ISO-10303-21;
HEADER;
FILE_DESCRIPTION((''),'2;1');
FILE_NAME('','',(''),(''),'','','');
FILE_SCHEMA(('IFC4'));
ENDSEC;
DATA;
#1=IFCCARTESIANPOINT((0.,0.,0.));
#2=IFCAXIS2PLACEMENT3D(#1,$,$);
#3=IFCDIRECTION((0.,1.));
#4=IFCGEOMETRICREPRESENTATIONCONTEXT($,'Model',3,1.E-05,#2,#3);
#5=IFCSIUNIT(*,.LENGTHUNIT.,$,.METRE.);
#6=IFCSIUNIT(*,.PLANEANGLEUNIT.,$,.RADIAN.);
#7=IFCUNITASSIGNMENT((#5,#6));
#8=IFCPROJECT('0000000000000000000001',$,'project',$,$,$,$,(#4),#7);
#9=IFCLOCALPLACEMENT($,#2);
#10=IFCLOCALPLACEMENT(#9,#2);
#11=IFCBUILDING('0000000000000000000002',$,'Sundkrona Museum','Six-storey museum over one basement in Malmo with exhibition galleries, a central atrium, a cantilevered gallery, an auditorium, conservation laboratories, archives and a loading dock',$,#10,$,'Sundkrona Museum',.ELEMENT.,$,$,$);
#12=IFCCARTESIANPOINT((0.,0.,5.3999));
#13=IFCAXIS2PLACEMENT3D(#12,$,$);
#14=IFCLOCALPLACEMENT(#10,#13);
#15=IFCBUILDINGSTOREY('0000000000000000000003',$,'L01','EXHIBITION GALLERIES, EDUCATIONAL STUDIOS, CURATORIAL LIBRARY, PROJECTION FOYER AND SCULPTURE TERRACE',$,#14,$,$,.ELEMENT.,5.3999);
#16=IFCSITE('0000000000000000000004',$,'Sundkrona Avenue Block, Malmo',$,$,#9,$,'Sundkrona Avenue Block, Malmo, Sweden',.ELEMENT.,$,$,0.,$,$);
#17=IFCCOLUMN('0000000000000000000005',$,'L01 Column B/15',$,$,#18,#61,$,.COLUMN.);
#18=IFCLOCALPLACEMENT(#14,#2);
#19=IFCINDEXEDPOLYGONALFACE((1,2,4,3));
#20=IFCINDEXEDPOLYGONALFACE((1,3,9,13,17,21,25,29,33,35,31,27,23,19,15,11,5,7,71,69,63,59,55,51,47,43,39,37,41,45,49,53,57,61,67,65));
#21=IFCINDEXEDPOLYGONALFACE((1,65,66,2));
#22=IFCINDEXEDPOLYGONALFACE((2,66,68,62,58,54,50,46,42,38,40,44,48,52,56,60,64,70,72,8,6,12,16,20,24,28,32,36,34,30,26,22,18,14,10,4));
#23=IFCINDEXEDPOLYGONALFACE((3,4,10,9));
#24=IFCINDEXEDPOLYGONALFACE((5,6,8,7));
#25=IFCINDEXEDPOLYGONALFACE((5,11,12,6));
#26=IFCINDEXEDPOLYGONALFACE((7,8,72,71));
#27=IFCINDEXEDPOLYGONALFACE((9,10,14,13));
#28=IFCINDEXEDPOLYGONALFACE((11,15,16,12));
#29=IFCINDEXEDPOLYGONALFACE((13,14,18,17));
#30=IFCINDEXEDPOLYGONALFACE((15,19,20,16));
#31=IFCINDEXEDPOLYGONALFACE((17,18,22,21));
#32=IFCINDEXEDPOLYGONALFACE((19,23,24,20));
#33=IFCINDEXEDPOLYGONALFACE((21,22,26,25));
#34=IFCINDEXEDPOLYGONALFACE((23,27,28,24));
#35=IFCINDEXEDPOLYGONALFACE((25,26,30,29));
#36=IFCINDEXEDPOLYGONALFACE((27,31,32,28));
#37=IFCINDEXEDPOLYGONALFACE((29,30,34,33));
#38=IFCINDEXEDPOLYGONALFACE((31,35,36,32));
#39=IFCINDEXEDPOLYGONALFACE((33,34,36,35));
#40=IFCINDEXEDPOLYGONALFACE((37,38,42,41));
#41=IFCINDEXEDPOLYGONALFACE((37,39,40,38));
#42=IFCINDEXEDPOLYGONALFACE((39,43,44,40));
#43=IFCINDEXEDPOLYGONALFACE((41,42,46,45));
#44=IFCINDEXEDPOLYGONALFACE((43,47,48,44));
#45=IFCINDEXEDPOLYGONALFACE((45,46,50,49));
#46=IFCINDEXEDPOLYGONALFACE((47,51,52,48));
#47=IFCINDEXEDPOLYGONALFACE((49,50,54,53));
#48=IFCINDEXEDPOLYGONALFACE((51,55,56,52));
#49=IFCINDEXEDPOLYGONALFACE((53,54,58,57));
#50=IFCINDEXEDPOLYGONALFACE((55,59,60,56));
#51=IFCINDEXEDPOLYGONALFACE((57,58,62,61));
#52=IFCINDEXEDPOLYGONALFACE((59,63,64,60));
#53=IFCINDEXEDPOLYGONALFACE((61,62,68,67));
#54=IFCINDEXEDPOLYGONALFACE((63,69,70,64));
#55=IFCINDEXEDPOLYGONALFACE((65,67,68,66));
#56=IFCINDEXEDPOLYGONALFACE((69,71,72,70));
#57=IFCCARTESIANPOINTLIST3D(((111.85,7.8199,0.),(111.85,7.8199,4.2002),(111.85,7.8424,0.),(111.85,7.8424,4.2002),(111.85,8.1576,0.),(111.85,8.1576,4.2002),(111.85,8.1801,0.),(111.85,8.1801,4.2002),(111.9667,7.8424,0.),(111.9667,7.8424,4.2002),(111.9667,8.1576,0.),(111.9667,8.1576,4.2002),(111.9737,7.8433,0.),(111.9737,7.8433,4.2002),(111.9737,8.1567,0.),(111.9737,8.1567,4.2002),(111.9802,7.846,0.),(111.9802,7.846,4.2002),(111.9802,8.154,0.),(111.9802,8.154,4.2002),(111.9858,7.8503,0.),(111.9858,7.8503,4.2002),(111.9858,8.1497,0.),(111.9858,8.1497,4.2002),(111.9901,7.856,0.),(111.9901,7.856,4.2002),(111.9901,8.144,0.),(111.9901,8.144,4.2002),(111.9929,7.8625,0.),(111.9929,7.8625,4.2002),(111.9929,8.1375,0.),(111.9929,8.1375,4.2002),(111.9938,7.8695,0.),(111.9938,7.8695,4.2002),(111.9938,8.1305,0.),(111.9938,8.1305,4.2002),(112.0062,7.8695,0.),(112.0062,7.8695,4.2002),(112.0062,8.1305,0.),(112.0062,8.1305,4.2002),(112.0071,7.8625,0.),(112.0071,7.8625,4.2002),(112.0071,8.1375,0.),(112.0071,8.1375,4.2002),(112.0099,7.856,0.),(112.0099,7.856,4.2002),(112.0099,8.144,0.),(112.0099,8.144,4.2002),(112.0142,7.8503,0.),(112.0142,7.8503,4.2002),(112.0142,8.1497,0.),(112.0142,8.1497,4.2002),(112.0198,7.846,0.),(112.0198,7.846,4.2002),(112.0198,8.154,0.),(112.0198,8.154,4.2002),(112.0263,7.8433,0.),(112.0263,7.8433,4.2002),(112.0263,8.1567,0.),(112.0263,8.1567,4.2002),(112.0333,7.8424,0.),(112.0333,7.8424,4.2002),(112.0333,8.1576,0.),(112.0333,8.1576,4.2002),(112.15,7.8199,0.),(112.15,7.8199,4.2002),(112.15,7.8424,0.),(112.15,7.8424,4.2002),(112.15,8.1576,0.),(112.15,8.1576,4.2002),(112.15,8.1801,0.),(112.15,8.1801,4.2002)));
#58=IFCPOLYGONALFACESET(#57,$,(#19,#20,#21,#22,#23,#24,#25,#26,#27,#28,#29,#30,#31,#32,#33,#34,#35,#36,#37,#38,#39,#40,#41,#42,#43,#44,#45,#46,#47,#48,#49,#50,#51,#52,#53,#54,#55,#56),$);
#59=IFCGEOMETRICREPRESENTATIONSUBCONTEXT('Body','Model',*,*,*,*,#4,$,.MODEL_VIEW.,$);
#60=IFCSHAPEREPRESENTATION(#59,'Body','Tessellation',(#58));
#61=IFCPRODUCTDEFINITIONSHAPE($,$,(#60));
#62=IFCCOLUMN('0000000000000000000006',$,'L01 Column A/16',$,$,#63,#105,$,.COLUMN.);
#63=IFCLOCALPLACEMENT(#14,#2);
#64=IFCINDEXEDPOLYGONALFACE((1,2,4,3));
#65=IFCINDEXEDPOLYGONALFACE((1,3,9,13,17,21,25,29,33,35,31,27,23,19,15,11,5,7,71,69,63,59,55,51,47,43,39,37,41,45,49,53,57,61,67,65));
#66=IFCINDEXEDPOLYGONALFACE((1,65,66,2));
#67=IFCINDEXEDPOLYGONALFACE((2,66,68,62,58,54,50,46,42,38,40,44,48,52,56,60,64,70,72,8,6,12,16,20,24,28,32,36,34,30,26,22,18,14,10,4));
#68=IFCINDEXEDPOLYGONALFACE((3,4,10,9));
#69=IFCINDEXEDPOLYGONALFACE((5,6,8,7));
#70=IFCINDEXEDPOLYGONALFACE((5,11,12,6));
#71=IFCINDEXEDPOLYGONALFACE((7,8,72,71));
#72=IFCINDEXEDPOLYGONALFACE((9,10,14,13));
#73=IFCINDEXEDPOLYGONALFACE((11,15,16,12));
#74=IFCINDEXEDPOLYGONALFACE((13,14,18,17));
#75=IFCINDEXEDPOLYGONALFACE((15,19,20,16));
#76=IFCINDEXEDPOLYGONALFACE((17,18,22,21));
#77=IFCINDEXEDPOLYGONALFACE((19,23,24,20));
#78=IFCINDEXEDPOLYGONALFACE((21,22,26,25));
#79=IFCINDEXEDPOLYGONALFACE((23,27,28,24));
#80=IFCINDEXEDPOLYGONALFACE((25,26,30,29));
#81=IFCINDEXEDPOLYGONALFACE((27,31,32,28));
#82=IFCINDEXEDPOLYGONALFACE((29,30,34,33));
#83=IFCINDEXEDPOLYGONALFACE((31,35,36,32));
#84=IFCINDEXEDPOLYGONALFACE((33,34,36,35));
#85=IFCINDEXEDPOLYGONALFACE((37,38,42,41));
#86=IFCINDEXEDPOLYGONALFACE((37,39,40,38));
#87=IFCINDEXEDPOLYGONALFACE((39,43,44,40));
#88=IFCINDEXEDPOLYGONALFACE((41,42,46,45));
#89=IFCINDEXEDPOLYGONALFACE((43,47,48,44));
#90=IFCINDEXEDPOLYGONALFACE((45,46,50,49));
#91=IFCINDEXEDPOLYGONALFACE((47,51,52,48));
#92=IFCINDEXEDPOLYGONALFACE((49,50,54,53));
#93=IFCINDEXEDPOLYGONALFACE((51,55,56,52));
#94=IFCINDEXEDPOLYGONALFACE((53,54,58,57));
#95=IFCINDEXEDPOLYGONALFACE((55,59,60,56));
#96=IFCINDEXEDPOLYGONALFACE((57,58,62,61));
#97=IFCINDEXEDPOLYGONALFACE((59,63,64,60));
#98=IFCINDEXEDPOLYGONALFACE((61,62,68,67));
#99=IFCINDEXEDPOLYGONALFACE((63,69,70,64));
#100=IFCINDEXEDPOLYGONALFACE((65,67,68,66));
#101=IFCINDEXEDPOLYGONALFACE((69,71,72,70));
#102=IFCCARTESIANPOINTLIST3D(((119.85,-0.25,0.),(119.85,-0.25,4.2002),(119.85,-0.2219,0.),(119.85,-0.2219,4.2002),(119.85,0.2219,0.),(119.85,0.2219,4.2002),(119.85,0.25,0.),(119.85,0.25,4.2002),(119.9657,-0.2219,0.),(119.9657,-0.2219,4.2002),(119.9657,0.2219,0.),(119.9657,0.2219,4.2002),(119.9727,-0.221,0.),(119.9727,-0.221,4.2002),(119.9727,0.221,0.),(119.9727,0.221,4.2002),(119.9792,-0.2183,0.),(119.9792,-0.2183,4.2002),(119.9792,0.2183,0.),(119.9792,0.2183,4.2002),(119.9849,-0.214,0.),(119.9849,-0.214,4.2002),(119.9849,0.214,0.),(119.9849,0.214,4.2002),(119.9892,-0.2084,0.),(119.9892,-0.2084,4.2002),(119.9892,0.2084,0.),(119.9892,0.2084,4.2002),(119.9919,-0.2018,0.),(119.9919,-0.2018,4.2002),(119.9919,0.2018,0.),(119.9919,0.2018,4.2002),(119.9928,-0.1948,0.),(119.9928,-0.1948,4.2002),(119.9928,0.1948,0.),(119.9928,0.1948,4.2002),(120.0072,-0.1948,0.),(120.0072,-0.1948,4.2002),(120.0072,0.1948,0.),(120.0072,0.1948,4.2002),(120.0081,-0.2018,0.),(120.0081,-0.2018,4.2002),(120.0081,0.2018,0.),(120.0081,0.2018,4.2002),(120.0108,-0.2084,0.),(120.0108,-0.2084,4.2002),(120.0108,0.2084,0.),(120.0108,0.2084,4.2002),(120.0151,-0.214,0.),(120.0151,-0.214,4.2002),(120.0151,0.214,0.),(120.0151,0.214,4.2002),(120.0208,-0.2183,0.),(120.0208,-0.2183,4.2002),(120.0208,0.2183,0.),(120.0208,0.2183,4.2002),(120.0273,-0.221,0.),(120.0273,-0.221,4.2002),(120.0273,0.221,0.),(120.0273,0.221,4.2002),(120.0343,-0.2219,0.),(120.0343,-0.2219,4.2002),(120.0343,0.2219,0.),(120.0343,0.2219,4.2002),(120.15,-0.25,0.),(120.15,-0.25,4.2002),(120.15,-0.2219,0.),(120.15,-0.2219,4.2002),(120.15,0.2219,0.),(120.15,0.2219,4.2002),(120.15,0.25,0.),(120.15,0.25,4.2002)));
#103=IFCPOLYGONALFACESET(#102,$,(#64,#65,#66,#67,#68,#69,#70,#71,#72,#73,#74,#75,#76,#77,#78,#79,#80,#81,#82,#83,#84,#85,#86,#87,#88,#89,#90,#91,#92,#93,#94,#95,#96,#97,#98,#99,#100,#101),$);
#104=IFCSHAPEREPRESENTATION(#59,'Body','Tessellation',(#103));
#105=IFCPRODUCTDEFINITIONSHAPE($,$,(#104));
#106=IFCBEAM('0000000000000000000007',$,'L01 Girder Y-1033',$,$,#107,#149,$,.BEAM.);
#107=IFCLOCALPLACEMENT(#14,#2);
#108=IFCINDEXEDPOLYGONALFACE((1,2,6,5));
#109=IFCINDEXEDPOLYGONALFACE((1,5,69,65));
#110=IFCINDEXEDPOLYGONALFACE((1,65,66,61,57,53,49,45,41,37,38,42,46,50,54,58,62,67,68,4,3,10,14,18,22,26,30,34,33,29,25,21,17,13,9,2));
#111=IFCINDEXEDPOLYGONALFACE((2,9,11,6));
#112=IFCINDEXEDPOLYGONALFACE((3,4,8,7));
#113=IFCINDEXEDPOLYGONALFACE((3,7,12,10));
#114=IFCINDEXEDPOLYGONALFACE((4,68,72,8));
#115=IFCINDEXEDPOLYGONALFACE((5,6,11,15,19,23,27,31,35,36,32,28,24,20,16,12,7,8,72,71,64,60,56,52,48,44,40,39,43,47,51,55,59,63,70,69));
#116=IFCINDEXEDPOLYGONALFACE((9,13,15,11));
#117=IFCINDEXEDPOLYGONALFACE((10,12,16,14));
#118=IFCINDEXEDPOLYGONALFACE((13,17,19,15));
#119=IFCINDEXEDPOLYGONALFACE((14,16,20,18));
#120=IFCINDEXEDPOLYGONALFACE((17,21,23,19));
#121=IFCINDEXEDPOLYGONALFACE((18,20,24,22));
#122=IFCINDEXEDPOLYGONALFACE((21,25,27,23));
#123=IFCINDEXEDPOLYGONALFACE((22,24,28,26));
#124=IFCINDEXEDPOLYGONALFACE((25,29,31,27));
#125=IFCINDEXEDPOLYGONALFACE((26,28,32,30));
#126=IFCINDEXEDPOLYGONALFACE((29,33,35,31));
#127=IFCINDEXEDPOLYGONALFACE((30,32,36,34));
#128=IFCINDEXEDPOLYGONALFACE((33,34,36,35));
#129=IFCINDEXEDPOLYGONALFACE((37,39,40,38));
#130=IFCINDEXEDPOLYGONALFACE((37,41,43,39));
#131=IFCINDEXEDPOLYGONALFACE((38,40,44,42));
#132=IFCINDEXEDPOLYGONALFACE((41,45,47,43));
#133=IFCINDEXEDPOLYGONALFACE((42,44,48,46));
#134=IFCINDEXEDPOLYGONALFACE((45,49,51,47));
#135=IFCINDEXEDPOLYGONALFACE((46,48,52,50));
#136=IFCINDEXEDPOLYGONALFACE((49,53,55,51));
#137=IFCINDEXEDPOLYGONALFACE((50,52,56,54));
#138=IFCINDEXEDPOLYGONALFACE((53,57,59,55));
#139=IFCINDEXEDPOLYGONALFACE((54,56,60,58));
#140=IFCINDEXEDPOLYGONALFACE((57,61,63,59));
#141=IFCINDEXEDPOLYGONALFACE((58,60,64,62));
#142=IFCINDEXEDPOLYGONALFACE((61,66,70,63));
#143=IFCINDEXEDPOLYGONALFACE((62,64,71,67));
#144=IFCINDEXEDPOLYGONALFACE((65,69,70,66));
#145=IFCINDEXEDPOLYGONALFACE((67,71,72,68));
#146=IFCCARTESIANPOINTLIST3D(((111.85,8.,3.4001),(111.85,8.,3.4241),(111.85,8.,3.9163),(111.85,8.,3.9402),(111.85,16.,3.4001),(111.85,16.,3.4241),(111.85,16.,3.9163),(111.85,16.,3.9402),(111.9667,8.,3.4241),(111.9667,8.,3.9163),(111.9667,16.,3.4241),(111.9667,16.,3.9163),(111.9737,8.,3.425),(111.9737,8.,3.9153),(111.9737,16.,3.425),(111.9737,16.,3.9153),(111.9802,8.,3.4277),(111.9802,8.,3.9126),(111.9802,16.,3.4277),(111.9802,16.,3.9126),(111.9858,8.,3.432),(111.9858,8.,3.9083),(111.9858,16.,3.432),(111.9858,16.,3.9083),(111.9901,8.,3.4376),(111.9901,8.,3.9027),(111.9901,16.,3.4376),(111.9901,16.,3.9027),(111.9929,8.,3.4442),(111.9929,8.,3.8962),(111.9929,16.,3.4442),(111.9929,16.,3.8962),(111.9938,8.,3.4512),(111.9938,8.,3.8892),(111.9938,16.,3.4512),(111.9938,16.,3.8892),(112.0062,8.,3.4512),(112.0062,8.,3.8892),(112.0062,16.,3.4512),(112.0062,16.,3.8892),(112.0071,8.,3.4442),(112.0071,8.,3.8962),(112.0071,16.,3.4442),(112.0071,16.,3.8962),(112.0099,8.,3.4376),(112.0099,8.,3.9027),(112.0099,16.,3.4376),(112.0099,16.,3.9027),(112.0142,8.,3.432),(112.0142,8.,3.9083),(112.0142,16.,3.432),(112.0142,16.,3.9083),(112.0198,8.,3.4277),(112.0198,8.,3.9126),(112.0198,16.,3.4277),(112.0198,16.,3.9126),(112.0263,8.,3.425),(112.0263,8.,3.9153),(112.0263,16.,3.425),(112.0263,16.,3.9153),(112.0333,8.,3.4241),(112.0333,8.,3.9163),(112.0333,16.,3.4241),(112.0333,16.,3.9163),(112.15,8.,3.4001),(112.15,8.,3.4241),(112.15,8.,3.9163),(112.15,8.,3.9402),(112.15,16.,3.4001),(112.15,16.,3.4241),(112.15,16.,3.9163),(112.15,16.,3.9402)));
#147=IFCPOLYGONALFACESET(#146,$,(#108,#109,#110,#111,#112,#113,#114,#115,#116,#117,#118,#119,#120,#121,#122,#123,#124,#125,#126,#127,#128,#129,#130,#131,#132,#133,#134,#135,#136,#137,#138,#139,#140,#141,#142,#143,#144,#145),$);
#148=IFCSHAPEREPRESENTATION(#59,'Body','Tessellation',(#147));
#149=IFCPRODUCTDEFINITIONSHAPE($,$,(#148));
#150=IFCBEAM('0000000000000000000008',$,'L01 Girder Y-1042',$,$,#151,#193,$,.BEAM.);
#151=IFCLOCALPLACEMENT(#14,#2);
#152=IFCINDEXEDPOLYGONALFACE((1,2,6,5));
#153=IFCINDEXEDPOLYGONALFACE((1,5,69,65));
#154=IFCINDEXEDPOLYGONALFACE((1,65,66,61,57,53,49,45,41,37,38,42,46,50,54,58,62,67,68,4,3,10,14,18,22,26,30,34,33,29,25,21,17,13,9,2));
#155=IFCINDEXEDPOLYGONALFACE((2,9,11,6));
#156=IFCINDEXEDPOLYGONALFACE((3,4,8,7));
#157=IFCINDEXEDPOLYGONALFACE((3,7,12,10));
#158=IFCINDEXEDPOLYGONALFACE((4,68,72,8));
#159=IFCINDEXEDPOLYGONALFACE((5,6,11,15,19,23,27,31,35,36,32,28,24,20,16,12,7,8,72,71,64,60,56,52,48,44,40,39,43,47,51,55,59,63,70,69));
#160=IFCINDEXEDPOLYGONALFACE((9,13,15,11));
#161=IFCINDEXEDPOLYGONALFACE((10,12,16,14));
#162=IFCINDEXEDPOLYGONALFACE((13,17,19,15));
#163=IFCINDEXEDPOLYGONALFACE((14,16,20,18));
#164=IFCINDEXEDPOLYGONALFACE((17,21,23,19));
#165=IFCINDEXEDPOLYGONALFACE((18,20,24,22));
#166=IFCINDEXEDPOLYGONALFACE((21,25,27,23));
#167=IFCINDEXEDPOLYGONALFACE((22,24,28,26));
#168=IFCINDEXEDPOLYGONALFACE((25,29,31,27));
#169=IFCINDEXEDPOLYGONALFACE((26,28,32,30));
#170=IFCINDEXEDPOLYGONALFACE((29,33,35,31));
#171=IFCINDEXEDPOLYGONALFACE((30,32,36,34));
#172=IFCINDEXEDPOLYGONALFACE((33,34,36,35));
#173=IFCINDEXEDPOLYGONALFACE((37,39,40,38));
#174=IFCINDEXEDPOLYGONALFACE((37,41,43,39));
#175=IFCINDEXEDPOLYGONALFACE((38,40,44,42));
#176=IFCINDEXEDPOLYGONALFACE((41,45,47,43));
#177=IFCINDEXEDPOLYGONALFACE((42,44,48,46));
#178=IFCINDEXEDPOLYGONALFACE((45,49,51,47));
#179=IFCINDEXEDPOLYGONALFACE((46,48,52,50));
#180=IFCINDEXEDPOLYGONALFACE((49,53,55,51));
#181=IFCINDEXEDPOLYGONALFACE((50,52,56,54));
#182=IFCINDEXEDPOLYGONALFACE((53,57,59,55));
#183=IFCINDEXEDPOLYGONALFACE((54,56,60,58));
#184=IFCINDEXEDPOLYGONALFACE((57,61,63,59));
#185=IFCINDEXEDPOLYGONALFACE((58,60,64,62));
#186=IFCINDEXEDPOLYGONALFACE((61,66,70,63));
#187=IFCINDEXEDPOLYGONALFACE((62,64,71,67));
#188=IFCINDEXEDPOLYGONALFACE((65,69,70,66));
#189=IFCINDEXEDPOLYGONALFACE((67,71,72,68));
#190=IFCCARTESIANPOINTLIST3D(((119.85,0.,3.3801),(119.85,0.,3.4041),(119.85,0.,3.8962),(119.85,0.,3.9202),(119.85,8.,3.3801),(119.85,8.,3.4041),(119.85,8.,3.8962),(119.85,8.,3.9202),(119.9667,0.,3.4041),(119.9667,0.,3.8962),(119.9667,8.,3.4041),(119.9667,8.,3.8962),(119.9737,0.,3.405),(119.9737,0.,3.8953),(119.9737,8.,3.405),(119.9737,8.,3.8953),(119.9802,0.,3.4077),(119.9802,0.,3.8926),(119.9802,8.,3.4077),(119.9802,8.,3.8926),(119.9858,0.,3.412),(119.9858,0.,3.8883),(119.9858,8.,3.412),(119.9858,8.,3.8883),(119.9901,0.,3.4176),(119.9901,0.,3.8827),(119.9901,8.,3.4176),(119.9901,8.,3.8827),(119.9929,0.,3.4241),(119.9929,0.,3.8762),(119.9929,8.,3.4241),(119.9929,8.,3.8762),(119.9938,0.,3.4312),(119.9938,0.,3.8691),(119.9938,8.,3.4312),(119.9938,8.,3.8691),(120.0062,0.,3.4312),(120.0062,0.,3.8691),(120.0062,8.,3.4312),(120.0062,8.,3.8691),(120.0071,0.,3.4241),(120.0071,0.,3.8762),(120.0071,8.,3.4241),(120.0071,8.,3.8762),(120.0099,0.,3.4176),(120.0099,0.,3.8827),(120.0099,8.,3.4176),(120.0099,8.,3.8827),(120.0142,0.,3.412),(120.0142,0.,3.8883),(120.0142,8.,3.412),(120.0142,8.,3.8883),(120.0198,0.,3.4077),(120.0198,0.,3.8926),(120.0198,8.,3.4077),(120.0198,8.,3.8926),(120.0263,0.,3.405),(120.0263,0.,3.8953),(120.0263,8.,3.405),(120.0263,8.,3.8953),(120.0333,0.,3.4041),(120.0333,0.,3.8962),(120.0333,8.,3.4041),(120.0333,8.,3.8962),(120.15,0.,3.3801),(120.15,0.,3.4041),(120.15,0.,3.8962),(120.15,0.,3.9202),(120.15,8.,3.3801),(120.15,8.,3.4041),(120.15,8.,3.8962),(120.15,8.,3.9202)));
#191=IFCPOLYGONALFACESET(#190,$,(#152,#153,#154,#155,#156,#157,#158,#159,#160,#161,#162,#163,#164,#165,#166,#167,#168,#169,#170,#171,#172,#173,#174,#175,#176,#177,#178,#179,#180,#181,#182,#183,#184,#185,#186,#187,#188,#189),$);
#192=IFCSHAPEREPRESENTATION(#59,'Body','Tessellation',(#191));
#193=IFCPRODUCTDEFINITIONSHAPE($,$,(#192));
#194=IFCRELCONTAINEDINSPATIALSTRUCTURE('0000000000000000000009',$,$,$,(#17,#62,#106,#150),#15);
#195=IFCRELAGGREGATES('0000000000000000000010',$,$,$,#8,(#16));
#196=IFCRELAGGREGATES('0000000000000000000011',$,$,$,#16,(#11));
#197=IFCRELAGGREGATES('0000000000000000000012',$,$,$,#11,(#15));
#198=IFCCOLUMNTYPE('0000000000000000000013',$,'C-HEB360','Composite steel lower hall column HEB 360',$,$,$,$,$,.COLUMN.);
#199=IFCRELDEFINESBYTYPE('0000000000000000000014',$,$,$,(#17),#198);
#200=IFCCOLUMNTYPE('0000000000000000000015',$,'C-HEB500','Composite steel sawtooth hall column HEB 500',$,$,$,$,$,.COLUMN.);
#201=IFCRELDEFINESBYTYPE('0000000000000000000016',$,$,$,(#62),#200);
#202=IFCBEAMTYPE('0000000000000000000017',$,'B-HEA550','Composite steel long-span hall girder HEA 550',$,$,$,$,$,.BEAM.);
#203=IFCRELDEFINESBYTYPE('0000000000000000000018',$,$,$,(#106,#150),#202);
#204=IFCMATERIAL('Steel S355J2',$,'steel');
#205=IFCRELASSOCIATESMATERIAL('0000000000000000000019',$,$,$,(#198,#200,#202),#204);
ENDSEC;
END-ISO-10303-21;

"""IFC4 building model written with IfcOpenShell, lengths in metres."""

from ifc_helpers import new_model, si_unit, direction, frame, origin, origin_2d, place, context, subcontext, project, spatial, i_section, extrude, material, material_profile, profile_set, type_object, element, save


model = new_model("IFC4")

# Units and contexts
model_context = context("Model", 3, precision=1e-05, world=origin(), true_north=direction((0.0, 1.0)))
body_context = subcontext(model_context, "Body", "Model", "MODEL_VIEW")
ifc_project = project(units=[si_unit("LENGTHUNIT", "METRE"), si_unit("PLANEANGLEUNIT", "RADIAN")], contexts=[model_context])

# Site, building, storey
site_placement = place(None, origin())
site = spatial("IfcSite", under=ifc_project, at=site_placement, Name="Sundkrona Avenue Block, Malmo", LongName="Sundkrona Avenue Block, Malmo, Sweden", CompositionType="ELEMENT", RefElevation=0.0)
building_placement = place(site_placement, origin())
building = spatial("IfcBuilding", under=site, at=building_placement, Name="Sundkrona Museum", Description="Six-storey museum over one basement in Malmo with exhibition galleries, a central atrium, a cantilevered gallery, an auditorium, conservation laboratories, archives and a loading dock", LongName="Sundkrona Museum", CompositionType="ELEMENT")
storey_placement = place(building_placement, frame((0.0, 0.0, 5.3999)))
storey = spatial("IfcBuildingStorey", under=building, at=storey_placement, Name="L01", Description="EXHIBITION GALLERIES, EDUCATIONAL STUDIOS, CURATORIAL LIBRARY, PROJECTION FOYER AND SCULPTURE TERRACE", CompositionType="ELEMENT", Elevation=5.3999)

# Columns
ifc_material_1 = material(Name="Steel S355J2", Category="steel")
ifc_material_profile_1 = material_profile(ifc_material_1, i_section(OverallWidth=0.3, OverallDepth=0.3601, WebThickness=0.0125, FlangeThickness=0.0225, FilletRadius=0.0271, at=origin_2d()), Name="HEB 360")
ifc_profile_set_1 = profile_set([ifc_material_profile_1], Name="Steel S355J2")
column_type_1 = type_object("IfcColumnType", Name="C-HEB360", Description="Composite steel lower hall column HEB 360", PredefinedType="COLUMN", material=ifc_profile_set_1)
column_1_placement = place(storey_placement, frame((112.0, 8.0, 0.0), z_axis=(0.0, 0.0, 1.0), x_axis=(1.0, 0.0, 0.0)))
element("IfcColumn", 1, at=column_1_placement, inside=storey, type_object=column_type_1, Name="L01 Column B/15", PredefinedType="COLUMN", context=body_context, shape_type="SweptSolid", body=[
    extrude(i_section(OverallWidth=0.3, OverallDepth=0.3601, WebThickness=0.0125, FlangeThickness=0.0225, FilletRadius=0.0271, at=origin_2d()), origin(), (0.0, 0.0, 1.0), 4.2002),
])
ifc_material_profile_2 = material_profile(ifc_material_1, i_section(OverallWidth=0.3, OverallDepth=0.5, WebThickness=0.0144, FlangeThickness=0.0281, FilletRadius=0.0271, at=origin_2d()), Name="HEB 500")
ifc_profile_set_2 = profile_set([ifc_material_profile_2], Name="Steel S355J2")
column_type_2 = type_object("IfcColumnType", Name="C-HEB500", Description="Composite steel sawtooth hall column HEB 500", PredefinedType="COLUMN", material=ifc_profile_set_2)
column_2_placement = place(storey_placement, frame((120.0, 0.0, 0.0), z_axis=(0.0, 0.0, 1.0), x_axis=(1.0, 0.0, 0.0)))
element("IfcColumn", 2, at=column_2_placement, inside=storey, type_object=column_type_2, Name="L01 Column A/16", PredefinedType="COLUMN", context=body_context, shape_type="SweptSolid", body=[
    extrude(i_section(OverallWidth=0.3, OverallDepth=0.5, WebThickness=0.0144, FlangeThickness=0.0281, FilletRadius=0.0271, at=origin_2d()), origin(), (0.0, 0.0, 1.0), 4.2002),
])

# Beams
ifc_material_profile_3 = material_profile(ifc_material_1, i_section(OverallWidth=0.3, OverallDepth=0.54, WebThickness=0.0125, FlangeThickness=0.0239, FilletRadius=0.0271, at=origin_2d()), Name="HEA 550")
ifc_profile_set_3 = profile_set([ifc_material_profile_3], Name="Steel S355J2")
beam_type_1 = type_object("IfcBeamType", Name="B-HEA550", Description="Composite steel long-span hall girder HEA 550", PredefinedType="BEAM", material=ifc_profile_set_3)
for number, where, z_axis, x_axis, name in (
    (3, (112.0, 8.0, 3.6702), (0.0, 1.0, 0.0), (-1.0, 0.0, 0.0), "L01 Girder Y-1033"),
    (4, (120.0, 0.0, 3.6501), (0.0, 1.0, 0.0), (-1.0, 0.0, 0.0), "L01 Girder Y-1042"),
):
    element("IfcBeam", number, at=place(storey_placement, frame(where, z_axis=z_axis, x_axis=x_axis)), inside=storey, type_object=beam_type_1, Name=name, PredefinedType="BEAM", context=body_context, shape_type="SweptSolid", body=[
        extrude(i_section(OverallWidth=0.3, OverallDepth=0.54, WebThickness=0.0125, FlangeThickness=0.0239, FilletRadius=0.0271, at=origin_2d()), origin(), (0.0, 0.0, 1.0), 8.0),
    ])

save(model, "model.ifc")
